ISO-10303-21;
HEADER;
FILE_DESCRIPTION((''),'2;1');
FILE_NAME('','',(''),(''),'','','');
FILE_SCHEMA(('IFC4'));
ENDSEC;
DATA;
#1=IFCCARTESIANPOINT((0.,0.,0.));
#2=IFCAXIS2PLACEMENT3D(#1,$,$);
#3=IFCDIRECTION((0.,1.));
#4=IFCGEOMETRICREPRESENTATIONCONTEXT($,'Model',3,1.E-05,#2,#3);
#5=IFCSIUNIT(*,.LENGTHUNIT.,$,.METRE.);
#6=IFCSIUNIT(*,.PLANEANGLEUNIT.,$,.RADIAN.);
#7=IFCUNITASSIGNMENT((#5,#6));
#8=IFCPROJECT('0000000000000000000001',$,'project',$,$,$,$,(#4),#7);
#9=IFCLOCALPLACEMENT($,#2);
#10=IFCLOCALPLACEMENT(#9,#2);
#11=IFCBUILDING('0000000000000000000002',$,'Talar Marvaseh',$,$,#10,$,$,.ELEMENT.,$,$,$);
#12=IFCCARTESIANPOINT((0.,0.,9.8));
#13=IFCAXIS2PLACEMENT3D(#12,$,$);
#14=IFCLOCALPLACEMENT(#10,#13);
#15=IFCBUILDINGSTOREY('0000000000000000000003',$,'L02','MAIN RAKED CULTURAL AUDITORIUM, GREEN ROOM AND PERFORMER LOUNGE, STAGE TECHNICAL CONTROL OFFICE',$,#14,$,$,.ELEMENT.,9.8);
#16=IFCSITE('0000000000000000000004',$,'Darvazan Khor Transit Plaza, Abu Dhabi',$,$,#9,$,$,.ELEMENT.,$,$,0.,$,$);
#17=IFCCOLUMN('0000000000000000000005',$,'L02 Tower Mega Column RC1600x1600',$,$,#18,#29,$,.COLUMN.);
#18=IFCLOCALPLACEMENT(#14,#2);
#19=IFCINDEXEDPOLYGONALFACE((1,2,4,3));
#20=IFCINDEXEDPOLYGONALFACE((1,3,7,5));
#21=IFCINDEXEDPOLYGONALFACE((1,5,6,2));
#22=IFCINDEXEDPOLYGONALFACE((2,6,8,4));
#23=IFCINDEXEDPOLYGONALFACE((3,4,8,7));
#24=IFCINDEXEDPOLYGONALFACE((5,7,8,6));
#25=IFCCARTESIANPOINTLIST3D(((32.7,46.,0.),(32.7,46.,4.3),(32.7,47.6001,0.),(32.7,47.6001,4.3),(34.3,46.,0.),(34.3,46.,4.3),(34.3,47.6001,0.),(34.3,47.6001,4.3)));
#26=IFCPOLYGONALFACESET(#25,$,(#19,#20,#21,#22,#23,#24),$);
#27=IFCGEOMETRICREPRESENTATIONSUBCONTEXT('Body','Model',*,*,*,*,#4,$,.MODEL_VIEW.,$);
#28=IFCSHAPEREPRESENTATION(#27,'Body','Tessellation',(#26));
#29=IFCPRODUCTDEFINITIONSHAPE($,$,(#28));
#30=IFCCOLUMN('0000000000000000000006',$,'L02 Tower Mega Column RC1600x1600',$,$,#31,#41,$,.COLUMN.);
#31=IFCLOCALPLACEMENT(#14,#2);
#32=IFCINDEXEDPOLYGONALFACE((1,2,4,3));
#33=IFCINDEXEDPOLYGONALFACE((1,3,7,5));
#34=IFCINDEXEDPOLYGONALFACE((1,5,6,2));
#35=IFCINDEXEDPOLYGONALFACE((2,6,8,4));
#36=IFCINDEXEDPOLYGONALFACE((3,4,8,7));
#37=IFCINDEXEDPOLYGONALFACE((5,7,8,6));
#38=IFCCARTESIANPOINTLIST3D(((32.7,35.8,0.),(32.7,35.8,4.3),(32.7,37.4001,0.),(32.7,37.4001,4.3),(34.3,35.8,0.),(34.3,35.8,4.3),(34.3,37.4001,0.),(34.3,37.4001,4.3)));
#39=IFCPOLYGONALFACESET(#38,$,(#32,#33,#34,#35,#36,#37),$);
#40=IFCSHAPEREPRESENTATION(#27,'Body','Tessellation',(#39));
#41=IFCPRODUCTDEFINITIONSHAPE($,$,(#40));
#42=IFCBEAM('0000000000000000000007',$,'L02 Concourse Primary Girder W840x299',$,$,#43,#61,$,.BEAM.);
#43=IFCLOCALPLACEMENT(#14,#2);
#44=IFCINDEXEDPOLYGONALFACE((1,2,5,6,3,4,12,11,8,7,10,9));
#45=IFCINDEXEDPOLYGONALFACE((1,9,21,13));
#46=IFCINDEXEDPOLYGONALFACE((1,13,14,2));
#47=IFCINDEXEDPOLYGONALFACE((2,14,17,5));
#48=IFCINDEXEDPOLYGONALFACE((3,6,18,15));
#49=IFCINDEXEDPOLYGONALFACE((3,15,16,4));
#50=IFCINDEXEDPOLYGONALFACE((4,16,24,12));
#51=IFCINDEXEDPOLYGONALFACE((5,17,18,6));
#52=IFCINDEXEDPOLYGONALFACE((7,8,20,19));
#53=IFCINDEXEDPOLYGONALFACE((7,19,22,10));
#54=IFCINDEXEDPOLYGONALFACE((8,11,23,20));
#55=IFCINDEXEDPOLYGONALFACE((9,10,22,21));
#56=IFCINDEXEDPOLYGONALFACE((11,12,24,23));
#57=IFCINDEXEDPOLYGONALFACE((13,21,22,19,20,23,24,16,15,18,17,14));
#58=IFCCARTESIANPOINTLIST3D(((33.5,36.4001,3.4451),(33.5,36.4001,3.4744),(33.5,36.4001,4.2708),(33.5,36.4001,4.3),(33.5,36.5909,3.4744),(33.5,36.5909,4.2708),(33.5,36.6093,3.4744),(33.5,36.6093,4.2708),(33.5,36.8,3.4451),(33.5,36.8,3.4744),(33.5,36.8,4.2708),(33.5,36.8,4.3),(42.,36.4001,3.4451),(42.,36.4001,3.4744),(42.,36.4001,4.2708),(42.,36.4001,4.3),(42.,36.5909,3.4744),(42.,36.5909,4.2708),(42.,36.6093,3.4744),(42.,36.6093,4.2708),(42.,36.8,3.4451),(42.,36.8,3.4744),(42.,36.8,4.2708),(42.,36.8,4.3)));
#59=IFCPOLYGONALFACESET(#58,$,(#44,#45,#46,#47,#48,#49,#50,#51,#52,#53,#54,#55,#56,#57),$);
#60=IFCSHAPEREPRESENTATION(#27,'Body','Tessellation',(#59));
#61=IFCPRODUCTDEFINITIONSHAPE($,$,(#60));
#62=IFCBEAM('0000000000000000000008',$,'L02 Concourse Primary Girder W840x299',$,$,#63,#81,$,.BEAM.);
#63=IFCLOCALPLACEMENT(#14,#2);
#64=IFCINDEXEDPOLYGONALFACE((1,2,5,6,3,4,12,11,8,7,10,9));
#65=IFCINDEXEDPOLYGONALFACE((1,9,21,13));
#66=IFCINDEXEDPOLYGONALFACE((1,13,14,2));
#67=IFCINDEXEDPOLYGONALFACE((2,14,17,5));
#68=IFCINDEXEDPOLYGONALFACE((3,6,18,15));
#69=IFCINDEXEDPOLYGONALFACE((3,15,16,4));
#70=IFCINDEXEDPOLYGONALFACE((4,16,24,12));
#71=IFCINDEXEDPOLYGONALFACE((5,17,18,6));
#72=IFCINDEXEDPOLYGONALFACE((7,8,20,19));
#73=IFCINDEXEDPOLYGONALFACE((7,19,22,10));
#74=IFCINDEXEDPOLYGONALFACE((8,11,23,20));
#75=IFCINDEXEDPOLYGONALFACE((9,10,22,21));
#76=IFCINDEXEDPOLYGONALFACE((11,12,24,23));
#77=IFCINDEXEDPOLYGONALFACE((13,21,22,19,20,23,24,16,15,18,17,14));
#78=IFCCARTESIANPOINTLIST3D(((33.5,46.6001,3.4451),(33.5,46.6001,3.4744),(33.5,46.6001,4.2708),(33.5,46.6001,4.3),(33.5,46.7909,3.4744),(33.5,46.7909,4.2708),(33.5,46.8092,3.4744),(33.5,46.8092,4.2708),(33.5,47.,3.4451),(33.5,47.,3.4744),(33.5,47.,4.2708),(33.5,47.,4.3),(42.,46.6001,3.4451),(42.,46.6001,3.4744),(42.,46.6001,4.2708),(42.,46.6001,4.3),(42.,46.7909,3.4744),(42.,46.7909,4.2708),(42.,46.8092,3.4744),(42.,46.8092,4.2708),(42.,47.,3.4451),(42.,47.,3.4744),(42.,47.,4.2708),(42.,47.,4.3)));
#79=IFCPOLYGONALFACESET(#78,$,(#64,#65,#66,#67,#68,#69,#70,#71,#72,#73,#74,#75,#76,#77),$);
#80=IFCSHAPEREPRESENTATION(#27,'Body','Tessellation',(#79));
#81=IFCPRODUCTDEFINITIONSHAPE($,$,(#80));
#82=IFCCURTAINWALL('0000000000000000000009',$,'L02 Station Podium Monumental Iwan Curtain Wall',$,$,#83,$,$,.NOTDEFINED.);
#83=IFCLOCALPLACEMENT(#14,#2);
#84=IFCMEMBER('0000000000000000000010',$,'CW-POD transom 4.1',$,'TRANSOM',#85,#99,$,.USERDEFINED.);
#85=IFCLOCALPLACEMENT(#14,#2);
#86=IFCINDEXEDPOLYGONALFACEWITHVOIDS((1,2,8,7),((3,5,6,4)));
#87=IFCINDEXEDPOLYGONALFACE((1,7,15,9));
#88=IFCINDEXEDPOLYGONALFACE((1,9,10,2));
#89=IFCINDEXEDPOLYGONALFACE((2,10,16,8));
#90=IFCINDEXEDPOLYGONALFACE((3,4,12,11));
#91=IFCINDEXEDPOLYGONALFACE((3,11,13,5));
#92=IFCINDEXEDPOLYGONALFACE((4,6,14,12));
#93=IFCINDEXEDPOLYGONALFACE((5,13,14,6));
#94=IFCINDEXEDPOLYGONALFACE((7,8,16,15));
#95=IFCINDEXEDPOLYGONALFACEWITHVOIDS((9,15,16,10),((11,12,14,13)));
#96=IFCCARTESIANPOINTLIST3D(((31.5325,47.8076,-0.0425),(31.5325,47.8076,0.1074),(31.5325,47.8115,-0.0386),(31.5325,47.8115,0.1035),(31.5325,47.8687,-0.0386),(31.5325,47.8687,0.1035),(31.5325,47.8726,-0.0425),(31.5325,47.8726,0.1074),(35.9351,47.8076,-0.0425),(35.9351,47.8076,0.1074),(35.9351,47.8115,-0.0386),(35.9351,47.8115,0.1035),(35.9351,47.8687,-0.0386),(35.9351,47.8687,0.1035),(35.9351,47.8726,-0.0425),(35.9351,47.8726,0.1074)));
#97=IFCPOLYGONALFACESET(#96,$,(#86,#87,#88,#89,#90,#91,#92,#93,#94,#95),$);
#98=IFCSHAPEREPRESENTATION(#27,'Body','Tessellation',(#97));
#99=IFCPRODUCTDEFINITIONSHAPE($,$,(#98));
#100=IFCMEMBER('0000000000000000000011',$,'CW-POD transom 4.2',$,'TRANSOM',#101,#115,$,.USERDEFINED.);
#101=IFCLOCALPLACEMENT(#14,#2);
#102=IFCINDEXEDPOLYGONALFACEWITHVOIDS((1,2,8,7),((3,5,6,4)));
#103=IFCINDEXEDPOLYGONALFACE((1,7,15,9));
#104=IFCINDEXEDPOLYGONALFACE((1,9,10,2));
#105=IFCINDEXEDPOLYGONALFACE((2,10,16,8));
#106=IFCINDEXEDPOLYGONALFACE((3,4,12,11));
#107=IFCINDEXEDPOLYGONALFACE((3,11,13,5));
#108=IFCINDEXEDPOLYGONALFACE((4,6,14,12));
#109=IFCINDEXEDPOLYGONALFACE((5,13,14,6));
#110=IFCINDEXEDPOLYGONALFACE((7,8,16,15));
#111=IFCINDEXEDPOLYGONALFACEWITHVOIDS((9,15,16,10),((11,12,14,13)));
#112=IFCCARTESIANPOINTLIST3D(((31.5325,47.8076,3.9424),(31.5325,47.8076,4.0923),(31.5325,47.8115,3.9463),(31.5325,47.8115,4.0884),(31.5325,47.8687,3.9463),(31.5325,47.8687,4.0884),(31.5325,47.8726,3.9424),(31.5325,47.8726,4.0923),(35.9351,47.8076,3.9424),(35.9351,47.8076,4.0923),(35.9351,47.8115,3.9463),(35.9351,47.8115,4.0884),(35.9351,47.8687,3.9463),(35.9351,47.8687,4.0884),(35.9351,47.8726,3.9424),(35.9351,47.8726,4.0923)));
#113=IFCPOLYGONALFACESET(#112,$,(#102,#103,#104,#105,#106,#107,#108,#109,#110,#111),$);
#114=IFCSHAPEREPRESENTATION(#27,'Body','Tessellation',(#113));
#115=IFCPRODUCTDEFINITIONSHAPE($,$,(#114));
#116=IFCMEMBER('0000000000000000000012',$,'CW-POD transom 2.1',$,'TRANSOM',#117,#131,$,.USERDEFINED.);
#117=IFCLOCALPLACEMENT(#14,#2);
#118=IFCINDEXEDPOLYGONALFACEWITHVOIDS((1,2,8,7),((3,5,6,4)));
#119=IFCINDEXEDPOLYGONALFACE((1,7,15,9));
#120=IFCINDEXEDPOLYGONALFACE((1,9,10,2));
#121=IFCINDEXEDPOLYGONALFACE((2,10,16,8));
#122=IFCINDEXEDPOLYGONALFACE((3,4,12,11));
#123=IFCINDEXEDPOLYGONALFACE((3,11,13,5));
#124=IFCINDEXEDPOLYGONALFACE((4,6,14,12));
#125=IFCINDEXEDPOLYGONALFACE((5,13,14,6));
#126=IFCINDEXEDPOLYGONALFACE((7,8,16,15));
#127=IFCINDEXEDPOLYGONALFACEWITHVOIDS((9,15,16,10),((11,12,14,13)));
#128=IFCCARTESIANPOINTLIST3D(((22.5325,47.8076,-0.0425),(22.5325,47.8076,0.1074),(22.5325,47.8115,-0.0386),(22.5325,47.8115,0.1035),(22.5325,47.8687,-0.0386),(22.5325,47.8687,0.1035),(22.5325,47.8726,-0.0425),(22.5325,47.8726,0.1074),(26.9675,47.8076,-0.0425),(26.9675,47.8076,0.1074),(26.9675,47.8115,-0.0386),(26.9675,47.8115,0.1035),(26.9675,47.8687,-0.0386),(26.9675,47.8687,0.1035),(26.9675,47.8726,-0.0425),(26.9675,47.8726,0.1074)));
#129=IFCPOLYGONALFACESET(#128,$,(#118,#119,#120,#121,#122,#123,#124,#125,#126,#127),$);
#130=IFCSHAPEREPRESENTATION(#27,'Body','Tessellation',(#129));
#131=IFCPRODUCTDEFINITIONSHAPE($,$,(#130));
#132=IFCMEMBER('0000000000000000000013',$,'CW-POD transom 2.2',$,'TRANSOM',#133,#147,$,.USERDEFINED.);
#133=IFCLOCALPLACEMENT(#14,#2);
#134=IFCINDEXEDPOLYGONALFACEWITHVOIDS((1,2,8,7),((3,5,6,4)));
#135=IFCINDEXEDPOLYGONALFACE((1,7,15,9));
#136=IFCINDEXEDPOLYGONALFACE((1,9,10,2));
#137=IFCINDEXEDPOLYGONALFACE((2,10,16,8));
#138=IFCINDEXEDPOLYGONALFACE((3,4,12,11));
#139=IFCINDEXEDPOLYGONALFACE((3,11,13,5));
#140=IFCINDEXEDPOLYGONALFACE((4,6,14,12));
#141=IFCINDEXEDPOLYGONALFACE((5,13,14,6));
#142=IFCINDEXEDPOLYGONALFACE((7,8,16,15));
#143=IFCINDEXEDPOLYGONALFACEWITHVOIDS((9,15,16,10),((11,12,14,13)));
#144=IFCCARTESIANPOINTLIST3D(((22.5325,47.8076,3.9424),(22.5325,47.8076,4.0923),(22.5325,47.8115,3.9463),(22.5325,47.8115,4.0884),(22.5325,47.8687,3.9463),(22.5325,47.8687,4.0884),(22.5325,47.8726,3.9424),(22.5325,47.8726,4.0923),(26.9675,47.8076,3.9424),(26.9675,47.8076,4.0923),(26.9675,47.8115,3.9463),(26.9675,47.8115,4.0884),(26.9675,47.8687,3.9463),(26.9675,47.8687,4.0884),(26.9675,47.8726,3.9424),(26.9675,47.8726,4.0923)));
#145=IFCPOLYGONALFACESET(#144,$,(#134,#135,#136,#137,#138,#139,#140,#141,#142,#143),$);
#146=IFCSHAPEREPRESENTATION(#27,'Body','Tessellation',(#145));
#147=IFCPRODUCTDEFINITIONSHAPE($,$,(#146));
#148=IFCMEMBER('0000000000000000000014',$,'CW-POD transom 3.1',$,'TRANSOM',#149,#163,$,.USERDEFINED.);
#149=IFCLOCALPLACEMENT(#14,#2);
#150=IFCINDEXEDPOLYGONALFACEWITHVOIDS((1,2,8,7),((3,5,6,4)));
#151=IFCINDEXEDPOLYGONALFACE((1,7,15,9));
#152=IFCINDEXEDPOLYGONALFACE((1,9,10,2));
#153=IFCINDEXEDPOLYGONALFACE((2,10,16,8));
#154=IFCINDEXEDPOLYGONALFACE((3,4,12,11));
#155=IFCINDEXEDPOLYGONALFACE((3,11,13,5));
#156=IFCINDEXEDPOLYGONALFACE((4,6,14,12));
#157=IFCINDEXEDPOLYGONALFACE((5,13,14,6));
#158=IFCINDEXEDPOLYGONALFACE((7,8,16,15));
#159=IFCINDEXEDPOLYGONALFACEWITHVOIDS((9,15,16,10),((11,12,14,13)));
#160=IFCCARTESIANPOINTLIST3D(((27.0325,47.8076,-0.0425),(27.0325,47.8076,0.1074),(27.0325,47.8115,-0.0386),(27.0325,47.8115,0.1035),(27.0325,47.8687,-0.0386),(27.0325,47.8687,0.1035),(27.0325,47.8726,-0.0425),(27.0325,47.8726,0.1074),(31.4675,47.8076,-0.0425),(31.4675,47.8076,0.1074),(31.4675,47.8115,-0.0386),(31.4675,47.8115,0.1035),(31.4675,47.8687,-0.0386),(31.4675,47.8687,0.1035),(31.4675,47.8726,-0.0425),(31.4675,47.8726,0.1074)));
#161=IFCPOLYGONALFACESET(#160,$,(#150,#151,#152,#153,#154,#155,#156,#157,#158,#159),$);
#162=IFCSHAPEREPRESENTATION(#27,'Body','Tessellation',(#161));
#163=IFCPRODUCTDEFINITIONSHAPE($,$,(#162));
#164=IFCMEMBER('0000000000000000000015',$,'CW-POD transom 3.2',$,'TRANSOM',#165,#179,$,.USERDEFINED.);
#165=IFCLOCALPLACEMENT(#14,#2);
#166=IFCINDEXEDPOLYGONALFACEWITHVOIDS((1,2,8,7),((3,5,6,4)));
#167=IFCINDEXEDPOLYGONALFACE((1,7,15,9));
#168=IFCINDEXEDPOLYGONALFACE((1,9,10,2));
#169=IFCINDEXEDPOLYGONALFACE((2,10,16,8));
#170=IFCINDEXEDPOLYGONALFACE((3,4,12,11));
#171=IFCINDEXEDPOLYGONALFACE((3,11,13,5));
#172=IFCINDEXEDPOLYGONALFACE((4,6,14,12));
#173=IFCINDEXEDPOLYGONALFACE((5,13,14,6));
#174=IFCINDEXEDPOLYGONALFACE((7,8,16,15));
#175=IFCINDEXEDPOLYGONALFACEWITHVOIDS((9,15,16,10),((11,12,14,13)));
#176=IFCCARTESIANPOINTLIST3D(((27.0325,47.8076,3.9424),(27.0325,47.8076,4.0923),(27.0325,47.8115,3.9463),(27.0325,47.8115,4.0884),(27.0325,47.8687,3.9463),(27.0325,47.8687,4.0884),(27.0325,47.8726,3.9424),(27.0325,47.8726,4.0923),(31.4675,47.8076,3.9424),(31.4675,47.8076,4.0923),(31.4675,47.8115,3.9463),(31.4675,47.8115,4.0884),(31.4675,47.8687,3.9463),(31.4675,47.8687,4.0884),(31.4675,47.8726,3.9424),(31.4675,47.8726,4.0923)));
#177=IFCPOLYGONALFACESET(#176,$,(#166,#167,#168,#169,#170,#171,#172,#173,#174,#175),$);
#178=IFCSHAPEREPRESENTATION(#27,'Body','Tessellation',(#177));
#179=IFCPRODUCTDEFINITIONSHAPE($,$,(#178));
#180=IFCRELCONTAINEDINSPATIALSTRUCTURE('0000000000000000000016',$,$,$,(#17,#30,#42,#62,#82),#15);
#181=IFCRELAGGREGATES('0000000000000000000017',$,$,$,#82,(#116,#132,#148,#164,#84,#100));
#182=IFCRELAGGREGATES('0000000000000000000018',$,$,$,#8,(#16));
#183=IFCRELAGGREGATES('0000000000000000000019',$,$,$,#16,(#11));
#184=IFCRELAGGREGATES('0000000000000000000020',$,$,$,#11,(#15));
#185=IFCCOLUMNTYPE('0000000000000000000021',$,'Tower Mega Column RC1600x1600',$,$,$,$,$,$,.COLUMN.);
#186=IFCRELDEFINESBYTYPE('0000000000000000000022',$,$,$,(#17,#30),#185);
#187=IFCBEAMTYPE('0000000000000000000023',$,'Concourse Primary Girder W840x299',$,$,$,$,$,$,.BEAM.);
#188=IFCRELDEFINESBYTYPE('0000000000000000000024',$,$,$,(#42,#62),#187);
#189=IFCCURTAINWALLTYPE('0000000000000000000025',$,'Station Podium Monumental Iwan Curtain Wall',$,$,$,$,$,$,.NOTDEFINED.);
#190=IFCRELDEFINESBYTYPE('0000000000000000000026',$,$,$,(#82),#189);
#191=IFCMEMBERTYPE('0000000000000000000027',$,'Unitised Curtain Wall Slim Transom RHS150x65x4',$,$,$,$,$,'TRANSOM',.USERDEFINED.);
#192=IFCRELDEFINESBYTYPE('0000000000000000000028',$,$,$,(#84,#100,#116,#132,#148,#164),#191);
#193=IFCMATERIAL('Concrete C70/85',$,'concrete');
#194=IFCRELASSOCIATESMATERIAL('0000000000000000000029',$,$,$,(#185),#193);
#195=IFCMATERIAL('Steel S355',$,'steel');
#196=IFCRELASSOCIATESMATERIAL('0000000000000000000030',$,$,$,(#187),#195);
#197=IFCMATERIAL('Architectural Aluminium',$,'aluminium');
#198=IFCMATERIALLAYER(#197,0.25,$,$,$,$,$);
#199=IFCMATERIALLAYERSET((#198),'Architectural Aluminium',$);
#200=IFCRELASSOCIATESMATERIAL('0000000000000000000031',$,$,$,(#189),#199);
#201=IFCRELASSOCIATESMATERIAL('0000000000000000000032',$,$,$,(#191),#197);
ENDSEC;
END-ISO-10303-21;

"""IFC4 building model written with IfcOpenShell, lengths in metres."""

from ifc_helpers import new_model, si_unit, direction, frame, origin, origin_2d, place, context, subcontext, project, spatial, rectangle, hollow_rectangle, i_section, extrude, source, transform, mapped, material, layer, layer_set, material_profile, profile_set, type_object, type_shapes, element, aggregate, save


model = new_model("IFC4")

# Units and contexts
model_context = context("Model", 3, precision=1e-05, world=origin(), true_north=direction((0.0, 1.0)))
body_context = subcontext(model_context, "Body", "Model", "MODEL_VIEW")
ifc_project = project(units=[si_unit("LENGTHUNIT", "METRE"), si_unit("PLANEANGLEUNIT", "RADIAN")], contexts=[model_context])

# Site, building, storey
site_placement = place(None, origin())
site = spatial("IfcSite", under=ifc_project, at=site_placement, Name="Darvazan Khor Transit Plaza, Abu Dhabi", CompositionType="ELEMENT", RefElevation=0.0)
building_placement = place(site_placement, origin())
building = spatial("IfcBuilding", under=site, at=building_placement, Name="Talar Marvaseh", CompositionType="ELEMENT")
storey_placement = place(building_placement, frame((0.0, 0.0, 9.8)))
storey = spatial("IfcBuildingStorey", under=building, at=storey_placement, Name="L02", Description="MAIN RAKED CULTURAL AUDITORIUM, GREEN ROOM AND PERFORMER LOUNGE, STAGE TECHNICAL CONTROL OFFICE", CompositionType="ELEMENT", Elevation=9.8)

# Columns
ifc_material_1 = material(Name="Concrete C70/85", Category="concrete")
ifc_material_profile_1 = material_profile(ifc_material_1, rectangle(XDim=1.6001, YDim=1.6001, at=origin_2d()), Name="RC1600x1600")
ifc_profile_set_1 = profile_set([ifc_material_profile_1], Name="Concrete C70/85")
column_type = type_object("IfcColumnType", Name="Tower Mega Column RC1600x1600", PredefinedType="COLUMN", material=ifc_profile_set_1)
for number, where, z_axis, x_axis, name in (
    (1, (33.5, 46.8, 0.0), (0.0, 0.0, 1.0), (1.0, 0.0, 0.0), "L02 Tower Mega Column RC1600x1600"),
    (2, (33.5, 36.6001, 0.0), (0.0, 0.0, 1.0), (1.0, 0.0, 0.0), "L02 Tower Mega Column RC1600x1600"),
):
    element("IfcColumn", number, at=place(storey_placement, frame(where, z_axis=z_axis, x_axis=x_axis)), inside=storey, type_object=column_type, Name=name, PredefinedType="COLUMN", context=body_context, shape_type="SweptSolid", body=[
        extrude(rectangle(XDim=1.6001, YDim=1.6001, at=origin_2d()), origin(), (0.0, 0.0, 1.0), 4.3),
    ])

# Beams
ifc_material_2 = material(Name="Steel S355", Category="steel")
ifc_material_profile_2 = material_profile(ifc_material_2, i_section(OverallWidth=0.3999, OverallDepth=0.855, WebThickness=0.0183, FlangeThickness=0.0293, at=origin_2d()), Name="W840x299")
ifc_profile_set_2 = profile_set([ifc_material_profile_2], Name="Steel S355")
beam_type = type_object("IfcBeamType", Name="Concourse Primary Girder W840x299", PredefinedType="BEAM", material=ifc_profile_set_2)
for number, where, z_axis, x_axis, name in (
    (3, (33.5, 36.6001, 3.8726), (1.0, 0.0, 0.0), (0.0, 1.0, 0.0), "L02 Concourse Primary Girder W840x299"),
    (4, (33.5, 46.8, 3.8726), (1.0, 0.0, 0.0), (0.0, 1.0, 0.0), "L02 Concourse Primary Girder W840x299"),
):
    element("IfcBeam", number, at=place(storey_placement, frame(where, z_axis=z_axis, x_axis=x_axis)), inside=storey, type_object=beam_type, Name=name, PredefinedType="BEAM", context=body_context, shape_type="SweptSolid", body=[
        extrude(i_section(OverallWidth=0.3999, OverallDepth=0.855, WebThickness=0.0183, FlangeThickness=0.0293, at=origin_2d()), origin(), (0.0, 0.0, 1.0), 8.5),
    ])

# Curtain wall, members
ifc_material_3 = material(Name="Architectural Aluminium", Category="aluminium")
ifc_layer_1 = layer(ifc_material_3, 0.25)
ifc_layer_set_1 = layer_set([ifc_layer_1], Name="Architectural Aluminium")
curtain_wall_type = type_object("IfcCurtainWallType", Name="Station Podium Monumental Iwan Curtain Wall", PredefinedType="NOTDEFINED", material=ifc_layer_set_1)
curtain_wall_placement = place(storey_placement, origin())
curtain_wall = element("IfcCurtainWall", 5, at=curtain_wall_placement, inside=storey, type_object=curtain_wall_type, Name="L02 Station Podium Monumental Iwan Curtain Wall", PredefinedType="NOTDEFINED")
ifc_material_profile_3 = material_profile(ifc_material_3, hollow_rectangle(XDim=0.0649, YDim=0.1499, WallThickness=0.0039, at=origin_2d()), Name="RHS150x65x4")
ifc_profile_set_3 = profile_set([ifc_material_profile_3], Name="Architectural Aluminium")
member_type_1 = type_object("IfcMemberType", Name="Unitised Curtain Wall Slim Transom RHS150x65x4", ElementType="TRANSOM", PredefinedType="USERDEFINED", material=ifc_profile_set_3)
shared_shape_1 = source(origin(), body_context, "Body", "SweptSolid", [
    extrude(hollow_rectangle(XDim=0.0649, YDim=0.1499, WallThickness=0.0039, at=origin_2d()), origin(), (0.0, 0.0, 1.0), 4.4026),
])
member_1_placement = place(storey_placement, frame((31.5325, 47.8401, 0.0325), z_axis=(1.0, 0.0, 0.0), x_axis=(0.0, 1.0, 0.0)))
member_1 = element("IfcMember", 6, at=member_1_placement, type_object=member_type_1, Name="CW-POD transom 4.1", ObjectType="TRANSOM", PredefinedType="USERDEFINED", context=body_context, shape_type="MappedRepresentation", body=[
    mapped(shared_shape_1, transform((0.0, 0.0, 0.0), x_axis=(1.0, 0.0, 0.0), y_axis=(0.0, 1.0, 0.0), z_axis=(0.0, 0.0, 1.0), scale=1.0)),
])
member_2_placement = place(storey_placement, frame((31.5325, 47.8401, 4.0173), z_axis=(1.0, 0.0, 0.0), x_axis=(0.0, 1.0, 0.0)))
member_2 = element("IfcMember", 7, at=member_2_placement, type_object=member_type_1, Name="CW-POD transom 4.2", ObjectType="TRANSOM", PredefinedType="USERDEFINED", context=body_context, shape_type="MappedRepresentation", body=[
    mapped(shared_shape_1, transform((0.0, 0.0, 0.0), x_axis=(1.0, 0.0, 0.0), y_axis=(0.0, 1.0, 0.0), z_axis=(0.0, 0.0, 1.0), scale=1.0)),
])
shared_shape_2 = source(origin(), body_context, "Body", "SweptSolid", [
    extrude(hollow_rectangle(XDim=0.0649, YDim=0.1499, WallThickness=0.0039, at=origin_2d()), origin(), (0.0, 0.0, 1.0), 4.4351),
])
type_shapes(member_type_1, [shared_shape_1, shared_shape_2])
member_3_placement = place(storey_placement, frame((22.5325, 47.8401, 0.0325), z_axis=(1.0, 0.0, 0.0), x_axis=(0.0, 1.0, 0.0)))
member_3 = element("IfcMember", 8, at=member_3_placement, type_object=member_type_1, Name="CW-POD transom 2.1", ObjectType="TRANSOM", PredefinedType="USERDEFINED", context=body_context, shape_type="MappedRepresentation", body=[
    mapped(shared_shape_2, transform((0.0, 0.0, 0.0), x_axis=(1.0, 0.0, 0.0), y_axis=(0.0, 1.0, 0.0), z_axis=(0.0, 0.0, 1.0), scale=1.0)),
])
member_4_placement = place(storey_placement, frame((22.5325, 47.8401, 4.0173), z_axis=(1.0, 0.0, 0.0), x_axis=(0.0, 1.0, 0.0)))
member_4 = element("IfcMember", 9, at=member_4_placement, type_object=member_type_1, Name="CW-POD transom 2.2", ObjectType="TRANSOM", PredefinedType="USERDEFINED", context=body_context, shape_type="MappedRepresentation", body=[
    mapped(shared_shape_2, transform((0.0, 0.0, 0.0), x_axis=(1.0, 0.0, 0.0), y_axis=(0.0, 1.0, 0.0), z_axis=(0.0, 0.0, 1.0), scale=1.0)),
])
member_5_placement = place(storey_placement, frame((27.0325, 47.8401, 0.0325), z_axis=(1.0, 0.0, 0.0), x_axis=(0.0, 1.0, 0.0)))
member_5 = element("IfcMember", 10, at=member_5_placement, type_object=member_type_1, Name="CW-POD transom 3.1", ObjectType="TRANSOM", PredefinedType="USERDEFINED", context=body_context, shape_type="MappedRepresentation", body=[
    mapped(shared_shape_2, transform((0.0, 0.0, 0.0), x_axis=(1.0, 0.0, 0.0), y_axis=(0.0, 1.0, 0.0), z_axis=(0.0, 0.0, 1.0), scale=1.0)),
])
member_6_placement = place(storey_placement, frame((27.0325, 47.8401, 4.0173), z_axis=(1.0, 0.0, 0.0), x_axis=(0.0, 1.0, 0.0)))
member_6 = element("IfcMember", 11, at=member_6_placement, type_object=member_type_1, Name="CW-POD transom 3.2", ObjectType="TRANSOM", PredefinedType="USERDEFINED", context=body_context, shape_type="MappedRepresentation", body=[
    mapped(shared_shape_2, transform((0.0, 0.0, 0.0), x_axis=(1.0, 0.0, 0.0), y_axis=(0.0, 1.0, 0.0), z_axis=(0.0, 0.0, 1.0), scale=1.0)),
])
aggregate(curtain_wall, [member_3, member_4, member_5, member_6, member_1, member_2])

save(model, "model.ifc")
